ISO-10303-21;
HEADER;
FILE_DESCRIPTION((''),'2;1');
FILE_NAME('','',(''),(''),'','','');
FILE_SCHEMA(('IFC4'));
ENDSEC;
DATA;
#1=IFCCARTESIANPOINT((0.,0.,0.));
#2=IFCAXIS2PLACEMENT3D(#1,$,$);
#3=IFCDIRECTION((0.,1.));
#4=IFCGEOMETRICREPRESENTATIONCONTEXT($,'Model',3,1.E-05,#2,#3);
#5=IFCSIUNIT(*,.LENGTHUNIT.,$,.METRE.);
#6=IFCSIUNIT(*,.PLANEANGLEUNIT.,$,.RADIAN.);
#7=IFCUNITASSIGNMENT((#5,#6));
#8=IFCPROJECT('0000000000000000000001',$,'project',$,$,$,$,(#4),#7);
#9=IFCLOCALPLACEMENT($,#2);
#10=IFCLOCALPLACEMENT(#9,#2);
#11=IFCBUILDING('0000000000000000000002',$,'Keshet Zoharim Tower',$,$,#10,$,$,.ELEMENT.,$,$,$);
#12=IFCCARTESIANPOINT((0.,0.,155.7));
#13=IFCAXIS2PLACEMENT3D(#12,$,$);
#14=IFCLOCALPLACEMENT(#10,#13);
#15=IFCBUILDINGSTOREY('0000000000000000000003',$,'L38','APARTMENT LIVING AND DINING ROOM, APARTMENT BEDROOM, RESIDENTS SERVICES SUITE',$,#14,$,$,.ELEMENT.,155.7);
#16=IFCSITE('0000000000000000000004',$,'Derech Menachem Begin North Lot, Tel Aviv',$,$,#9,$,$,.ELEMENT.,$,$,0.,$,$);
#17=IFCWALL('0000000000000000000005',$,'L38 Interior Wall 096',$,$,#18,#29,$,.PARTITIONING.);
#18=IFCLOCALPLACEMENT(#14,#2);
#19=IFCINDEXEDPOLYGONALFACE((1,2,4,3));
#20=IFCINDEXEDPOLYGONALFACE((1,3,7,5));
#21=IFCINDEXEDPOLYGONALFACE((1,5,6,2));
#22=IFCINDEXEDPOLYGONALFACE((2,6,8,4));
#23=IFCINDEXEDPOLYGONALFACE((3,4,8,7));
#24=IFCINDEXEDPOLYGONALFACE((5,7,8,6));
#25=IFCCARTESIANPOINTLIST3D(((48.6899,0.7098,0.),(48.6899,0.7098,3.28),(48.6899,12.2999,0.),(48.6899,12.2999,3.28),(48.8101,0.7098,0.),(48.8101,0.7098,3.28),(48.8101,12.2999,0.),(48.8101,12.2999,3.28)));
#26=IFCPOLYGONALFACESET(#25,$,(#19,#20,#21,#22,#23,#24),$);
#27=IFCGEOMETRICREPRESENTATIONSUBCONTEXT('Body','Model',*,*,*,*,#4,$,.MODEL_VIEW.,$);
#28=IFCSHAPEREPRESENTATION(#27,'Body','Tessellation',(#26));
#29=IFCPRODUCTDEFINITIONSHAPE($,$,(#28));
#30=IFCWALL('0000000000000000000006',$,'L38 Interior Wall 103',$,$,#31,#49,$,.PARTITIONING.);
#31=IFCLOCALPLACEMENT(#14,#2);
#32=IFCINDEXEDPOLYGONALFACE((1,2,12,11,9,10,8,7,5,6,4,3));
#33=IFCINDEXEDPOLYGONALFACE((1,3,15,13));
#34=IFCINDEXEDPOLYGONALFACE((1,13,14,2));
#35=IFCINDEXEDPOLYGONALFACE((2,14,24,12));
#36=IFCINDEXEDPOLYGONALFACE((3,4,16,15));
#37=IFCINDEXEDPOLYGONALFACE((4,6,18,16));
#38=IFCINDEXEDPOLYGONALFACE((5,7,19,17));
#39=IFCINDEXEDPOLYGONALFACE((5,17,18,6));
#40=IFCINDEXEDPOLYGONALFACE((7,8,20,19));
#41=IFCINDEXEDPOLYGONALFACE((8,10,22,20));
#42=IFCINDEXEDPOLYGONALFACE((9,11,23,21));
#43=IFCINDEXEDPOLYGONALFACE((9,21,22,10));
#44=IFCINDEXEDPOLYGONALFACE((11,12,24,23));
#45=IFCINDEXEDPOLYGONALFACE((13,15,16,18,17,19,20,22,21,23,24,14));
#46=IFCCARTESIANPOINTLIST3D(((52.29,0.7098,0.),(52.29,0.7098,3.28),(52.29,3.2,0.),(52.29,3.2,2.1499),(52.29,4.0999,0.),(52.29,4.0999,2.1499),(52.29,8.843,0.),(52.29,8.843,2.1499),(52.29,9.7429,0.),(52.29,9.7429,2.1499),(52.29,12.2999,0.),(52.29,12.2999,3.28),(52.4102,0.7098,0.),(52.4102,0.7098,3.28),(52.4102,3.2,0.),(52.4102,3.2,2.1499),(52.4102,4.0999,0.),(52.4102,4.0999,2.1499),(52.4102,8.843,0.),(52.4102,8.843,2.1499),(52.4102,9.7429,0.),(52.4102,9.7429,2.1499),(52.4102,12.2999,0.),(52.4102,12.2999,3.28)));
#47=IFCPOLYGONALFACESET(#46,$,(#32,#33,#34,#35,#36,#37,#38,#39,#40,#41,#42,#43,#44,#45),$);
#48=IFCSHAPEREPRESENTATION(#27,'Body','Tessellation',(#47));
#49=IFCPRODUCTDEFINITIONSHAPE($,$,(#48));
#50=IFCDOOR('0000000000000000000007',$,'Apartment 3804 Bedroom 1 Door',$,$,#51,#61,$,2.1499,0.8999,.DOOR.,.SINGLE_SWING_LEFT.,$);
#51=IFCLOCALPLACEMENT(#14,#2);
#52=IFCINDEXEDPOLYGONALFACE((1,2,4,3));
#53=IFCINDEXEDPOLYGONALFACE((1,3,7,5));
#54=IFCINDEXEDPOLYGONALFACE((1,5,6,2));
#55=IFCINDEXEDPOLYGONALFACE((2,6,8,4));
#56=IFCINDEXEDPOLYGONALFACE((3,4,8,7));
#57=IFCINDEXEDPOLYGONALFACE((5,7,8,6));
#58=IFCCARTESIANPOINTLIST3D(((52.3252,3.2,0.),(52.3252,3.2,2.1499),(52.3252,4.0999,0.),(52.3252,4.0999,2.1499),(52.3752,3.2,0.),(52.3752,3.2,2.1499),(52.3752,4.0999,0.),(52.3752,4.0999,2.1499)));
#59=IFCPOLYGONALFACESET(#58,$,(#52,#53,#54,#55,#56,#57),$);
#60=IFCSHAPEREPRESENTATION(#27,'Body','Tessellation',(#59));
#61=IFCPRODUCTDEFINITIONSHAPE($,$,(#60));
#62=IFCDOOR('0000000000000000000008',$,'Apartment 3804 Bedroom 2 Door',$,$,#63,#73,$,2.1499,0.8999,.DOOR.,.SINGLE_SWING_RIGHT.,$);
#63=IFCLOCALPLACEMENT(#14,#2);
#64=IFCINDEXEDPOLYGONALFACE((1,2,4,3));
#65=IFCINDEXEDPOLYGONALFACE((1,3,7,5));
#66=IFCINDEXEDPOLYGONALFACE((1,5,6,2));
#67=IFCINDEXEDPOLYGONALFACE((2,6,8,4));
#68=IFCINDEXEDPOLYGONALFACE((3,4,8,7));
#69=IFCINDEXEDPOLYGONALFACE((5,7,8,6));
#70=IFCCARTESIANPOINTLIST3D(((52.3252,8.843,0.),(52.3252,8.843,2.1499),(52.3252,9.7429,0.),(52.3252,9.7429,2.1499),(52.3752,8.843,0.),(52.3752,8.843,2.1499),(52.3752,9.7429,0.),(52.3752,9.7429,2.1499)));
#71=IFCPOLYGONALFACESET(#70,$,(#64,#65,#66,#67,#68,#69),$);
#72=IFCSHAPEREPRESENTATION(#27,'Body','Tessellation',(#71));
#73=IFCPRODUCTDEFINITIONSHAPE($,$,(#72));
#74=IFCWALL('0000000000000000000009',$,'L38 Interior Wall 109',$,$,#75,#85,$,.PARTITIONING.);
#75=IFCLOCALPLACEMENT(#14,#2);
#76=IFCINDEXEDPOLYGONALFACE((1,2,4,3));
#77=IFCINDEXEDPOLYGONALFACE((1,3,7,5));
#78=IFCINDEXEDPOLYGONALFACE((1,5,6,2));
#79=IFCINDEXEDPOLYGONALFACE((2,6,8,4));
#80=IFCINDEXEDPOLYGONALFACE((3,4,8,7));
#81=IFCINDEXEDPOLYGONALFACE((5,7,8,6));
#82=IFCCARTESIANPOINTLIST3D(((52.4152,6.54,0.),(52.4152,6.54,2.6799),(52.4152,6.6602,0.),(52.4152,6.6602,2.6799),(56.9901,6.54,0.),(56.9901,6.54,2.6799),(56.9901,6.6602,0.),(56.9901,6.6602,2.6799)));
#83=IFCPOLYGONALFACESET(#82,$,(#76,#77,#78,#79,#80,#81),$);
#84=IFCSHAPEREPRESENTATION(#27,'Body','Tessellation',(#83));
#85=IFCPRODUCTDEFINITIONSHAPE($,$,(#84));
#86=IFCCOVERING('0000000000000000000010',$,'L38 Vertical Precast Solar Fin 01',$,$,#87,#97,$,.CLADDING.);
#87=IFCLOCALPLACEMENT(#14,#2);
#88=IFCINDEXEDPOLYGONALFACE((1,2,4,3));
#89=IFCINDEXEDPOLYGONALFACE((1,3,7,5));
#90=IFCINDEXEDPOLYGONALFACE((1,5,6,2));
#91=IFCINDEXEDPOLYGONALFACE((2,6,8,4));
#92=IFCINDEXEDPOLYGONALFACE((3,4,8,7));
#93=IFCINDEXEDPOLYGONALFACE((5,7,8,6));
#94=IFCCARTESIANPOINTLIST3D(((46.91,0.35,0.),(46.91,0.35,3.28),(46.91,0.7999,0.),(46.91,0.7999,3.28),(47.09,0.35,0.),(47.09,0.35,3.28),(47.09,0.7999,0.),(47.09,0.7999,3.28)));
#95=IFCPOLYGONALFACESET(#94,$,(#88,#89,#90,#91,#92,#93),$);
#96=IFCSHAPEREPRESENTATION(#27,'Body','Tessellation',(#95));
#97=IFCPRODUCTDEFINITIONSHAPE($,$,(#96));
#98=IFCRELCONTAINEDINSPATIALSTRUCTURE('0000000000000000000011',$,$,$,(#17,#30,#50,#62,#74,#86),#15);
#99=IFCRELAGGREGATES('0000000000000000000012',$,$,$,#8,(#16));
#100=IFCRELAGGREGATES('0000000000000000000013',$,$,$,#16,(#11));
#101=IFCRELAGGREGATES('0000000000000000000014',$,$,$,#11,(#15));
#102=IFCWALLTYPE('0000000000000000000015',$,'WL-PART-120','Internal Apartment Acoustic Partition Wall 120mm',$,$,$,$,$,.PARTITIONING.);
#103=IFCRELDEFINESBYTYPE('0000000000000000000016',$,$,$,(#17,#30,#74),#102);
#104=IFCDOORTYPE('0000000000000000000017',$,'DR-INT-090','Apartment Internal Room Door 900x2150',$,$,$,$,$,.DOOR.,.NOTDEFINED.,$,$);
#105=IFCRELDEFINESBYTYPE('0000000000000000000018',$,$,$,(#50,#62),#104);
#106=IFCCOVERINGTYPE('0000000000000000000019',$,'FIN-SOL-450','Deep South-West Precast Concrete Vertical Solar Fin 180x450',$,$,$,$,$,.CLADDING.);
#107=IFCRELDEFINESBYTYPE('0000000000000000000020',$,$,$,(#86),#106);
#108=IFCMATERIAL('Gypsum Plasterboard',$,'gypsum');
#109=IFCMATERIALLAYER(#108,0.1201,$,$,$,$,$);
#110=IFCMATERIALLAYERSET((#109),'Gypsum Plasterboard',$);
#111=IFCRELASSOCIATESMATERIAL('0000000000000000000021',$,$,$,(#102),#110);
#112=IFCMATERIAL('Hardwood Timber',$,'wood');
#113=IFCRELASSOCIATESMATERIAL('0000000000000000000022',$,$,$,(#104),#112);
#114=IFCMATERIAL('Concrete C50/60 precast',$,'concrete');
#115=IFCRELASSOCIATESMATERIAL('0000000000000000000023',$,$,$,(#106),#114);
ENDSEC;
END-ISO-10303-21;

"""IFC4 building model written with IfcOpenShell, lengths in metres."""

from ifc_helpers import new_model, si_unit, direction, frame, frame_2d, origin, origin_2d, place, context, subcontext, project, spatial, rectangle, extrude, material, layer, layer_set, type_object, element, fill, save


model = new_model("IFC4")

# Units and contexts
model_context = context("Model", 3, precision=1e-05, world=origin(), true_north=direction((0.0, 1.0)))
body_context = subcontext(model_context, "Body", "Model", "MODEL_VIEW")
ifc_project = project(units=[si_unit("LENGTHUNIT", "METRE"), si_unit("PLANEANGLEUNIT", "RADIAN")], contexts=[model_context])

# Site, building, storey
site_placement = place(None, origin())
site = spatial("IfcSite", under=ifc_project, at=site_placement, Name="Derech Menachem Begin North Lot, Tel Aviv", CompositionType="ELEMENT", RefElevation=0.0)
building_placement = place(site_placement, origin())
building = spatial("IfcBuilding", under=site, at=building_placement, Name="Keshet Zoharim Tower", CompositionType="ELEMENT")
storey_placement = place(building_placement, frame((0.0, 0.0, 155.7)))
storey = spatial("IfcBuildingStorey", under=building, at=storey_placement, Name="L38", Description="APARTMENT LIVING AND DINING ROOM, APARTMENT BEDROOM, RESIDENTS SERVICES SUITE", CompositionType="ELEMENT", Elevation=155.7)

# Wall
ifc_material_1 = material(Name="Gypsum Plasterboard", Category="gypsum")
ifc_layer_1 = layer(ifc_material_1, 0.1201)
ifc_layer_set_1 = layer_set([ifc_layer_1], Name="Gypsum Plasterboard")
wall_type = type_object("IfcWallType", Name="WL-PART-120", Description="Internal Apartment Acoustic Partition Wall 120mm", PredefinedType="PARTITIONING", material=ifc_layer_set_1)
wall_1_placement = place(storey_placement, frame((48.75, 0.71, 0.0), z_axis=(0.0, 0.0, 1.0), x_axis=(0.0, 1.0, 0.0)))
element("IfcWall", 1, at=wall_1_placement, inside=storey, type_object=wall_type, Name="L38 Interior Wall 096", PredefinedType="PARTITIONING", context=body_context, shape_type="SweptSolid", body=[
    extrude(rectangle(XDim=11.5901, YDim=0.1201, at=frame_2d((5.7949, 0.0))), origin(), (0.0, 0.0, 1.0), 3.28),
])

# Wall, openings, doors
wall_2_placement = place(storey_placement, frame((52.3501, 0.71, 0.0), z_axis=(0.0, 0.0, 1.0), x_axis=(0.0, 1.0, 0.0)))
wall_2 = element("IfcWall", 2, at=wall_2_placement, inside=storey, type_object=wall_type, Name="L38 Interior Wall 103", PredefinedType="PARTITIONING", context=body_context, shape_type="SweptSolid", body=[
    extrude(rectangle(XDim=11.5901, YDim=0.1201, at=frame_2d((5.7949, 0.0))), origin(), (0.0, 0.0, 1.0), 3.28),
])
opening_1_placement = place(wall_2_placement, frame((2.49, 0.0, 0.0)))
opening_1 = element("IfcOpeningElement", 3, at=opening_1_placement, cuts=wall_2, PredefinedType="OPENING", context=body_context, shape_type="SweptSolid", body=[
    extrude(rectangle(XDim=0.8999, YDim=2.1499, at=frame_2d((0.45, 1.075))), frame((0.0, 0.0701, 0.0), z_axis=(0.0, -1.0, 0.0), x_axis=(1.0, 0.0, 0.0)), (0.0, 0.0, 1.0), 0.1401),
])
opening_2_placement = place(wall_2_placement, frame((8.1331, 0.0, 0.0)))
opening_2 = element("IfcOpeningElement", 4, at=opening_2_placement, cuts=wall_2, PredefinedType="OPENING", context=body_context, shape_type="SweptSolid", body=[
    extrude(rectangle(XDim=0.8999, YDim=2.1499, at=frame_2d((0.45, 1.075))), frame((0.0, 0.0701, 0.0), z_axis=(0.0, -1.0, 0.0), x_axis=(1.0, 0.0, 0.0)), (0.0, 0.0, 1.0), 0.1401),
])
ifc_material_2 = material(Name="Hardwood Timber", Category="wood")
door_type = type_object("IfcDoorType", Name="DR-INT-090", Description="Apartment Internal Room Door 900x2150", OperationType="NOTDEFINED", PredefinedType="DOOR", material=ifc_material_2)
door_1_placement = place(opening_1_placement, origin())
door_1 = element("IfcDoor", 5, at=door_1_placement, inside=storey, type_object=door_type, Name="Apartment 3804 Bedroom 1 Door", OperationType="SINGLE_SWING_LEFT", OverallHeight=2.1499, OverallWidth=0.8999, PredefinedType="DOOR", context=body_context, shape_type="SweptSolid", body=[
    extrude(rectangle(XDim=0.8999, YDim=2.1499, at=frame_2d((0.45, 1.075))), frame((0.0, 0.0249, 0.0), z_axis=(0.0, -1.0, 0.0), x_axis=(1.0, 0.0, 0.0)), (0.0, 0.0, 1.0), 0.05),
])
fill(opening_1, door_1)
door_2_placement = place(opening_2_placement, origin())
door_2 = element("IfcDoor", 6, at=door_2_placement, inside=storey, type_object=door_type, Name="Apartment 3804 Bedroom 2 Door", OperationType="SINGLE_SWING_RIGHT", OverallHeight=2.1499, OverallWidth=0.8999, PredefinedType="DOOR", context=body_context, shape_type="SweptSolid", body=[
    extrude(rectangle(XDim=0.8999, YDim=2.1499, at=frame_2d((0.45, 1.075))), frame((0.0, 0.0249, 0.0), z_axis=(0.0, -1.0, 0.0), x_axis=(1.0, 0.0, 0.0)), (0.0, 0.0, 1.0), 0.05),
])
fill(opening_2, door_2)

# Wall
wall_3_placement = place(storey_placement, frame((52.415, 6.6001, 0.0), z_axis=(0.0, 0.0, 1.0), x_axis=(1.0, 0.0, 0.0)))
element("IfcWall", 7, at=wall_3_placement, inside=storey, type_object=wall_type, Name="L38 Interior Wall 109", PredefinedType="PARTITIONING", context=body_context, shape_type="SweptSolid", body=[
    extrude(rectangle(XDim=4.575, YDim=0.1201, at=frame_2d((2.2876, 0.0))), origin(), (0.0, 0.0, 1.0), 2.6799),
])

# Covering
ifc_material_3 = material(Name="Concrete C50/60 precast", Category="concrete")
covering_type = type_object("IfcCoveringType", Name="FIN-SOL-450", Description="Deep South-West Precast Concrete Vertical Solar Fin 180x450", PredefinedType="CLADDING", material=ifc_material_3)
covering_placement = place(storey_placement, frame((47.0, 0.575, 0.0), z_axis=(0.0, 0.0, 1.0), x_axis=(-1.0, 0.0, 0.0)))
element("IfcCovering", 8, at=covering_placement, inside=storey, type_object=covering_type, Name="L38 Vertical Precast Solar Fin 01", PredefinedType="CLADDING", context=body_context, shape_type="SweptSolid", body=[
    extrude(rectangle(XDim=0.1799, YDim=0.45, at=origin_2d()), origin(), (0.0, 0.0, 1.0), 3.28),
])

save(model, "model.ifc")
